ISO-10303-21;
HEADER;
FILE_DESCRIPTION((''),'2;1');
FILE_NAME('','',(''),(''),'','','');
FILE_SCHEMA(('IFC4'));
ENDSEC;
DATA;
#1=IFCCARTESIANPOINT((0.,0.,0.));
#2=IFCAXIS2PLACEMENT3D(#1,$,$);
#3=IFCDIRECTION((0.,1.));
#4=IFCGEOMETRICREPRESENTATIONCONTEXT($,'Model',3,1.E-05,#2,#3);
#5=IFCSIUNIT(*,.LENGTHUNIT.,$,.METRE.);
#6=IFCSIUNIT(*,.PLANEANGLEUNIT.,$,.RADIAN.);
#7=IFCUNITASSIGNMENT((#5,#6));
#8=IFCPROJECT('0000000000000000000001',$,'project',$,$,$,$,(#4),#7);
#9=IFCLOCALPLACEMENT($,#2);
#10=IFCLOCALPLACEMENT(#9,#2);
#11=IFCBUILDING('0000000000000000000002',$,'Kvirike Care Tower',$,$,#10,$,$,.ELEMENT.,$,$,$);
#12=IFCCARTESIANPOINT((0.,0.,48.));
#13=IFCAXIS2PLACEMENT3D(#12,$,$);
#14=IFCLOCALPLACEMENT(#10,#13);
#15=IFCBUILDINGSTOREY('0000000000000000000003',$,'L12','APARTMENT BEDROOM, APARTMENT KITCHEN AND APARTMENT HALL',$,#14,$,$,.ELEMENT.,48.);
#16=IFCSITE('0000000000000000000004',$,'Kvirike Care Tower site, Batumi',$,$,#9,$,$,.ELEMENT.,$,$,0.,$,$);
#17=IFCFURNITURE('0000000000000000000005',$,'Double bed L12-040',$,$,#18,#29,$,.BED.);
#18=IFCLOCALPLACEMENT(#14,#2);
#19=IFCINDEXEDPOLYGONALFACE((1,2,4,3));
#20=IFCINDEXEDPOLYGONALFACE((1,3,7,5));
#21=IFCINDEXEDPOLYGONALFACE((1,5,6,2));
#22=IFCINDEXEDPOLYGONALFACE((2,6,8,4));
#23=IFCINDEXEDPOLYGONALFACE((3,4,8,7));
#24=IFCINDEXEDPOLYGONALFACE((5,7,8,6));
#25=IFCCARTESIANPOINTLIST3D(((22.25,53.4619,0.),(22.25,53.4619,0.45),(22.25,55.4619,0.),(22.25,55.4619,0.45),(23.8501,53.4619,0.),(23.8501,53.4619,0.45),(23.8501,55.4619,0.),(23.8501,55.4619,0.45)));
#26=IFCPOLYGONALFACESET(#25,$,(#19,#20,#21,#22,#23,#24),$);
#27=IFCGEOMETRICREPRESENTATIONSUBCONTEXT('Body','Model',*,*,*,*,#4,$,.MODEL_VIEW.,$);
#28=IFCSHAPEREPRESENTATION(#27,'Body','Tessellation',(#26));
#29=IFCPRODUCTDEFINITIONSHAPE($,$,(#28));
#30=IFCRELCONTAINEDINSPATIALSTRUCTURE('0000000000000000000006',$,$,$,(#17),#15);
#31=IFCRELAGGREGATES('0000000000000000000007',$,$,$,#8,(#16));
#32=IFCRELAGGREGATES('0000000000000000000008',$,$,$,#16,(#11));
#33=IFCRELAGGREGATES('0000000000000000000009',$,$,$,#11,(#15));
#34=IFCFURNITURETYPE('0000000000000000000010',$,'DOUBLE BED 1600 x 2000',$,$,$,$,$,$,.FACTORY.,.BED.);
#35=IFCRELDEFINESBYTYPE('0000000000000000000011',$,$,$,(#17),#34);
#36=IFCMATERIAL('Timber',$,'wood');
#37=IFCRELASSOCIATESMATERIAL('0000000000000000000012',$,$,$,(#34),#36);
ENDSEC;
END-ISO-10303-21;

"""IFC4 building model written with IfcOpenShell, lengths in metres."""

from ifc_helpers import new_model, si_unit, direction, frame, origin, origin_2d, place, context, subcontext, project, spatial, rectangle, extrude, material, type_object, element, save


model = new_model("IFC4")

# Units and contexts
model_context = context("Model", 3, precision=1e-05, world=origin(), true_north=direction((0.0, 1.0)))
body_context = subcontext(model_context, "Body", "Model", "MODEL_VIEW")
ifc_project = project(units=[si_unit("LENGTHUNIT", "METRE"), si_unit("PLANEANGLEUNIT", "RADIAN")], contexts=[model_context])

# Site, building, storey
site_placement = place(None, origin())
site = spatial("IfcSite", under=ifc_project, at=site_placement, Name="Kvirike Care Tower site, Batumi", CompositionType="ELEMENT", RefElevation=0.0)
building_placement = place(site_placement, origin())
building = spatial("IfcBuilding", under=site, at=building_placement, Name="Kvirike Care Tower", CompositionType="ELEMENT")
storey_placement = place(building_placement, frame((0.0, 0.0, 48.0)))
storey = spatial("IfcBuildingStorey", under=building, at=storey_placement, Name="L12", Description="APARTMENT BEDROOM, APARTMENT KITCHEN AND APARTMENT HALL", CompositionType="ELEMENT", Elevation=48.0)

# Furniture
ifc_material_1 = material(Name="Timber", Category="wood")
furniture_type = type_object("IfcFurnitureType", Name="DOUBLE BED 1600 x 2000", AssemblyPlace="FACTORY", PredefinedType="BED", material=ifc_material_1)
for number, where, z_axis, x_axis, name in (
    (1, (23.05, 54.4619, 0.0), (0.0, 0.0, 1.0), (-1.0, 0.0, 0.0), "Double bed L12-040"),
):
    element("IfcFurniture", number, at=place(storey_placement, frame(where, z_axis=z_axis, x_axis=x_axis)), inside=storey, type_object=furniture_type, Name=name, PredefinedType="BED", context=body_context, shape_type="SweptSolid", body=[
        extrude(rectangle(XDim=1.6001, YDim=2.0, at=origin_2d()), origin(), (0.0, 0.0, 1.0), 0.45),
    ])

save(model, "model.ifc")
